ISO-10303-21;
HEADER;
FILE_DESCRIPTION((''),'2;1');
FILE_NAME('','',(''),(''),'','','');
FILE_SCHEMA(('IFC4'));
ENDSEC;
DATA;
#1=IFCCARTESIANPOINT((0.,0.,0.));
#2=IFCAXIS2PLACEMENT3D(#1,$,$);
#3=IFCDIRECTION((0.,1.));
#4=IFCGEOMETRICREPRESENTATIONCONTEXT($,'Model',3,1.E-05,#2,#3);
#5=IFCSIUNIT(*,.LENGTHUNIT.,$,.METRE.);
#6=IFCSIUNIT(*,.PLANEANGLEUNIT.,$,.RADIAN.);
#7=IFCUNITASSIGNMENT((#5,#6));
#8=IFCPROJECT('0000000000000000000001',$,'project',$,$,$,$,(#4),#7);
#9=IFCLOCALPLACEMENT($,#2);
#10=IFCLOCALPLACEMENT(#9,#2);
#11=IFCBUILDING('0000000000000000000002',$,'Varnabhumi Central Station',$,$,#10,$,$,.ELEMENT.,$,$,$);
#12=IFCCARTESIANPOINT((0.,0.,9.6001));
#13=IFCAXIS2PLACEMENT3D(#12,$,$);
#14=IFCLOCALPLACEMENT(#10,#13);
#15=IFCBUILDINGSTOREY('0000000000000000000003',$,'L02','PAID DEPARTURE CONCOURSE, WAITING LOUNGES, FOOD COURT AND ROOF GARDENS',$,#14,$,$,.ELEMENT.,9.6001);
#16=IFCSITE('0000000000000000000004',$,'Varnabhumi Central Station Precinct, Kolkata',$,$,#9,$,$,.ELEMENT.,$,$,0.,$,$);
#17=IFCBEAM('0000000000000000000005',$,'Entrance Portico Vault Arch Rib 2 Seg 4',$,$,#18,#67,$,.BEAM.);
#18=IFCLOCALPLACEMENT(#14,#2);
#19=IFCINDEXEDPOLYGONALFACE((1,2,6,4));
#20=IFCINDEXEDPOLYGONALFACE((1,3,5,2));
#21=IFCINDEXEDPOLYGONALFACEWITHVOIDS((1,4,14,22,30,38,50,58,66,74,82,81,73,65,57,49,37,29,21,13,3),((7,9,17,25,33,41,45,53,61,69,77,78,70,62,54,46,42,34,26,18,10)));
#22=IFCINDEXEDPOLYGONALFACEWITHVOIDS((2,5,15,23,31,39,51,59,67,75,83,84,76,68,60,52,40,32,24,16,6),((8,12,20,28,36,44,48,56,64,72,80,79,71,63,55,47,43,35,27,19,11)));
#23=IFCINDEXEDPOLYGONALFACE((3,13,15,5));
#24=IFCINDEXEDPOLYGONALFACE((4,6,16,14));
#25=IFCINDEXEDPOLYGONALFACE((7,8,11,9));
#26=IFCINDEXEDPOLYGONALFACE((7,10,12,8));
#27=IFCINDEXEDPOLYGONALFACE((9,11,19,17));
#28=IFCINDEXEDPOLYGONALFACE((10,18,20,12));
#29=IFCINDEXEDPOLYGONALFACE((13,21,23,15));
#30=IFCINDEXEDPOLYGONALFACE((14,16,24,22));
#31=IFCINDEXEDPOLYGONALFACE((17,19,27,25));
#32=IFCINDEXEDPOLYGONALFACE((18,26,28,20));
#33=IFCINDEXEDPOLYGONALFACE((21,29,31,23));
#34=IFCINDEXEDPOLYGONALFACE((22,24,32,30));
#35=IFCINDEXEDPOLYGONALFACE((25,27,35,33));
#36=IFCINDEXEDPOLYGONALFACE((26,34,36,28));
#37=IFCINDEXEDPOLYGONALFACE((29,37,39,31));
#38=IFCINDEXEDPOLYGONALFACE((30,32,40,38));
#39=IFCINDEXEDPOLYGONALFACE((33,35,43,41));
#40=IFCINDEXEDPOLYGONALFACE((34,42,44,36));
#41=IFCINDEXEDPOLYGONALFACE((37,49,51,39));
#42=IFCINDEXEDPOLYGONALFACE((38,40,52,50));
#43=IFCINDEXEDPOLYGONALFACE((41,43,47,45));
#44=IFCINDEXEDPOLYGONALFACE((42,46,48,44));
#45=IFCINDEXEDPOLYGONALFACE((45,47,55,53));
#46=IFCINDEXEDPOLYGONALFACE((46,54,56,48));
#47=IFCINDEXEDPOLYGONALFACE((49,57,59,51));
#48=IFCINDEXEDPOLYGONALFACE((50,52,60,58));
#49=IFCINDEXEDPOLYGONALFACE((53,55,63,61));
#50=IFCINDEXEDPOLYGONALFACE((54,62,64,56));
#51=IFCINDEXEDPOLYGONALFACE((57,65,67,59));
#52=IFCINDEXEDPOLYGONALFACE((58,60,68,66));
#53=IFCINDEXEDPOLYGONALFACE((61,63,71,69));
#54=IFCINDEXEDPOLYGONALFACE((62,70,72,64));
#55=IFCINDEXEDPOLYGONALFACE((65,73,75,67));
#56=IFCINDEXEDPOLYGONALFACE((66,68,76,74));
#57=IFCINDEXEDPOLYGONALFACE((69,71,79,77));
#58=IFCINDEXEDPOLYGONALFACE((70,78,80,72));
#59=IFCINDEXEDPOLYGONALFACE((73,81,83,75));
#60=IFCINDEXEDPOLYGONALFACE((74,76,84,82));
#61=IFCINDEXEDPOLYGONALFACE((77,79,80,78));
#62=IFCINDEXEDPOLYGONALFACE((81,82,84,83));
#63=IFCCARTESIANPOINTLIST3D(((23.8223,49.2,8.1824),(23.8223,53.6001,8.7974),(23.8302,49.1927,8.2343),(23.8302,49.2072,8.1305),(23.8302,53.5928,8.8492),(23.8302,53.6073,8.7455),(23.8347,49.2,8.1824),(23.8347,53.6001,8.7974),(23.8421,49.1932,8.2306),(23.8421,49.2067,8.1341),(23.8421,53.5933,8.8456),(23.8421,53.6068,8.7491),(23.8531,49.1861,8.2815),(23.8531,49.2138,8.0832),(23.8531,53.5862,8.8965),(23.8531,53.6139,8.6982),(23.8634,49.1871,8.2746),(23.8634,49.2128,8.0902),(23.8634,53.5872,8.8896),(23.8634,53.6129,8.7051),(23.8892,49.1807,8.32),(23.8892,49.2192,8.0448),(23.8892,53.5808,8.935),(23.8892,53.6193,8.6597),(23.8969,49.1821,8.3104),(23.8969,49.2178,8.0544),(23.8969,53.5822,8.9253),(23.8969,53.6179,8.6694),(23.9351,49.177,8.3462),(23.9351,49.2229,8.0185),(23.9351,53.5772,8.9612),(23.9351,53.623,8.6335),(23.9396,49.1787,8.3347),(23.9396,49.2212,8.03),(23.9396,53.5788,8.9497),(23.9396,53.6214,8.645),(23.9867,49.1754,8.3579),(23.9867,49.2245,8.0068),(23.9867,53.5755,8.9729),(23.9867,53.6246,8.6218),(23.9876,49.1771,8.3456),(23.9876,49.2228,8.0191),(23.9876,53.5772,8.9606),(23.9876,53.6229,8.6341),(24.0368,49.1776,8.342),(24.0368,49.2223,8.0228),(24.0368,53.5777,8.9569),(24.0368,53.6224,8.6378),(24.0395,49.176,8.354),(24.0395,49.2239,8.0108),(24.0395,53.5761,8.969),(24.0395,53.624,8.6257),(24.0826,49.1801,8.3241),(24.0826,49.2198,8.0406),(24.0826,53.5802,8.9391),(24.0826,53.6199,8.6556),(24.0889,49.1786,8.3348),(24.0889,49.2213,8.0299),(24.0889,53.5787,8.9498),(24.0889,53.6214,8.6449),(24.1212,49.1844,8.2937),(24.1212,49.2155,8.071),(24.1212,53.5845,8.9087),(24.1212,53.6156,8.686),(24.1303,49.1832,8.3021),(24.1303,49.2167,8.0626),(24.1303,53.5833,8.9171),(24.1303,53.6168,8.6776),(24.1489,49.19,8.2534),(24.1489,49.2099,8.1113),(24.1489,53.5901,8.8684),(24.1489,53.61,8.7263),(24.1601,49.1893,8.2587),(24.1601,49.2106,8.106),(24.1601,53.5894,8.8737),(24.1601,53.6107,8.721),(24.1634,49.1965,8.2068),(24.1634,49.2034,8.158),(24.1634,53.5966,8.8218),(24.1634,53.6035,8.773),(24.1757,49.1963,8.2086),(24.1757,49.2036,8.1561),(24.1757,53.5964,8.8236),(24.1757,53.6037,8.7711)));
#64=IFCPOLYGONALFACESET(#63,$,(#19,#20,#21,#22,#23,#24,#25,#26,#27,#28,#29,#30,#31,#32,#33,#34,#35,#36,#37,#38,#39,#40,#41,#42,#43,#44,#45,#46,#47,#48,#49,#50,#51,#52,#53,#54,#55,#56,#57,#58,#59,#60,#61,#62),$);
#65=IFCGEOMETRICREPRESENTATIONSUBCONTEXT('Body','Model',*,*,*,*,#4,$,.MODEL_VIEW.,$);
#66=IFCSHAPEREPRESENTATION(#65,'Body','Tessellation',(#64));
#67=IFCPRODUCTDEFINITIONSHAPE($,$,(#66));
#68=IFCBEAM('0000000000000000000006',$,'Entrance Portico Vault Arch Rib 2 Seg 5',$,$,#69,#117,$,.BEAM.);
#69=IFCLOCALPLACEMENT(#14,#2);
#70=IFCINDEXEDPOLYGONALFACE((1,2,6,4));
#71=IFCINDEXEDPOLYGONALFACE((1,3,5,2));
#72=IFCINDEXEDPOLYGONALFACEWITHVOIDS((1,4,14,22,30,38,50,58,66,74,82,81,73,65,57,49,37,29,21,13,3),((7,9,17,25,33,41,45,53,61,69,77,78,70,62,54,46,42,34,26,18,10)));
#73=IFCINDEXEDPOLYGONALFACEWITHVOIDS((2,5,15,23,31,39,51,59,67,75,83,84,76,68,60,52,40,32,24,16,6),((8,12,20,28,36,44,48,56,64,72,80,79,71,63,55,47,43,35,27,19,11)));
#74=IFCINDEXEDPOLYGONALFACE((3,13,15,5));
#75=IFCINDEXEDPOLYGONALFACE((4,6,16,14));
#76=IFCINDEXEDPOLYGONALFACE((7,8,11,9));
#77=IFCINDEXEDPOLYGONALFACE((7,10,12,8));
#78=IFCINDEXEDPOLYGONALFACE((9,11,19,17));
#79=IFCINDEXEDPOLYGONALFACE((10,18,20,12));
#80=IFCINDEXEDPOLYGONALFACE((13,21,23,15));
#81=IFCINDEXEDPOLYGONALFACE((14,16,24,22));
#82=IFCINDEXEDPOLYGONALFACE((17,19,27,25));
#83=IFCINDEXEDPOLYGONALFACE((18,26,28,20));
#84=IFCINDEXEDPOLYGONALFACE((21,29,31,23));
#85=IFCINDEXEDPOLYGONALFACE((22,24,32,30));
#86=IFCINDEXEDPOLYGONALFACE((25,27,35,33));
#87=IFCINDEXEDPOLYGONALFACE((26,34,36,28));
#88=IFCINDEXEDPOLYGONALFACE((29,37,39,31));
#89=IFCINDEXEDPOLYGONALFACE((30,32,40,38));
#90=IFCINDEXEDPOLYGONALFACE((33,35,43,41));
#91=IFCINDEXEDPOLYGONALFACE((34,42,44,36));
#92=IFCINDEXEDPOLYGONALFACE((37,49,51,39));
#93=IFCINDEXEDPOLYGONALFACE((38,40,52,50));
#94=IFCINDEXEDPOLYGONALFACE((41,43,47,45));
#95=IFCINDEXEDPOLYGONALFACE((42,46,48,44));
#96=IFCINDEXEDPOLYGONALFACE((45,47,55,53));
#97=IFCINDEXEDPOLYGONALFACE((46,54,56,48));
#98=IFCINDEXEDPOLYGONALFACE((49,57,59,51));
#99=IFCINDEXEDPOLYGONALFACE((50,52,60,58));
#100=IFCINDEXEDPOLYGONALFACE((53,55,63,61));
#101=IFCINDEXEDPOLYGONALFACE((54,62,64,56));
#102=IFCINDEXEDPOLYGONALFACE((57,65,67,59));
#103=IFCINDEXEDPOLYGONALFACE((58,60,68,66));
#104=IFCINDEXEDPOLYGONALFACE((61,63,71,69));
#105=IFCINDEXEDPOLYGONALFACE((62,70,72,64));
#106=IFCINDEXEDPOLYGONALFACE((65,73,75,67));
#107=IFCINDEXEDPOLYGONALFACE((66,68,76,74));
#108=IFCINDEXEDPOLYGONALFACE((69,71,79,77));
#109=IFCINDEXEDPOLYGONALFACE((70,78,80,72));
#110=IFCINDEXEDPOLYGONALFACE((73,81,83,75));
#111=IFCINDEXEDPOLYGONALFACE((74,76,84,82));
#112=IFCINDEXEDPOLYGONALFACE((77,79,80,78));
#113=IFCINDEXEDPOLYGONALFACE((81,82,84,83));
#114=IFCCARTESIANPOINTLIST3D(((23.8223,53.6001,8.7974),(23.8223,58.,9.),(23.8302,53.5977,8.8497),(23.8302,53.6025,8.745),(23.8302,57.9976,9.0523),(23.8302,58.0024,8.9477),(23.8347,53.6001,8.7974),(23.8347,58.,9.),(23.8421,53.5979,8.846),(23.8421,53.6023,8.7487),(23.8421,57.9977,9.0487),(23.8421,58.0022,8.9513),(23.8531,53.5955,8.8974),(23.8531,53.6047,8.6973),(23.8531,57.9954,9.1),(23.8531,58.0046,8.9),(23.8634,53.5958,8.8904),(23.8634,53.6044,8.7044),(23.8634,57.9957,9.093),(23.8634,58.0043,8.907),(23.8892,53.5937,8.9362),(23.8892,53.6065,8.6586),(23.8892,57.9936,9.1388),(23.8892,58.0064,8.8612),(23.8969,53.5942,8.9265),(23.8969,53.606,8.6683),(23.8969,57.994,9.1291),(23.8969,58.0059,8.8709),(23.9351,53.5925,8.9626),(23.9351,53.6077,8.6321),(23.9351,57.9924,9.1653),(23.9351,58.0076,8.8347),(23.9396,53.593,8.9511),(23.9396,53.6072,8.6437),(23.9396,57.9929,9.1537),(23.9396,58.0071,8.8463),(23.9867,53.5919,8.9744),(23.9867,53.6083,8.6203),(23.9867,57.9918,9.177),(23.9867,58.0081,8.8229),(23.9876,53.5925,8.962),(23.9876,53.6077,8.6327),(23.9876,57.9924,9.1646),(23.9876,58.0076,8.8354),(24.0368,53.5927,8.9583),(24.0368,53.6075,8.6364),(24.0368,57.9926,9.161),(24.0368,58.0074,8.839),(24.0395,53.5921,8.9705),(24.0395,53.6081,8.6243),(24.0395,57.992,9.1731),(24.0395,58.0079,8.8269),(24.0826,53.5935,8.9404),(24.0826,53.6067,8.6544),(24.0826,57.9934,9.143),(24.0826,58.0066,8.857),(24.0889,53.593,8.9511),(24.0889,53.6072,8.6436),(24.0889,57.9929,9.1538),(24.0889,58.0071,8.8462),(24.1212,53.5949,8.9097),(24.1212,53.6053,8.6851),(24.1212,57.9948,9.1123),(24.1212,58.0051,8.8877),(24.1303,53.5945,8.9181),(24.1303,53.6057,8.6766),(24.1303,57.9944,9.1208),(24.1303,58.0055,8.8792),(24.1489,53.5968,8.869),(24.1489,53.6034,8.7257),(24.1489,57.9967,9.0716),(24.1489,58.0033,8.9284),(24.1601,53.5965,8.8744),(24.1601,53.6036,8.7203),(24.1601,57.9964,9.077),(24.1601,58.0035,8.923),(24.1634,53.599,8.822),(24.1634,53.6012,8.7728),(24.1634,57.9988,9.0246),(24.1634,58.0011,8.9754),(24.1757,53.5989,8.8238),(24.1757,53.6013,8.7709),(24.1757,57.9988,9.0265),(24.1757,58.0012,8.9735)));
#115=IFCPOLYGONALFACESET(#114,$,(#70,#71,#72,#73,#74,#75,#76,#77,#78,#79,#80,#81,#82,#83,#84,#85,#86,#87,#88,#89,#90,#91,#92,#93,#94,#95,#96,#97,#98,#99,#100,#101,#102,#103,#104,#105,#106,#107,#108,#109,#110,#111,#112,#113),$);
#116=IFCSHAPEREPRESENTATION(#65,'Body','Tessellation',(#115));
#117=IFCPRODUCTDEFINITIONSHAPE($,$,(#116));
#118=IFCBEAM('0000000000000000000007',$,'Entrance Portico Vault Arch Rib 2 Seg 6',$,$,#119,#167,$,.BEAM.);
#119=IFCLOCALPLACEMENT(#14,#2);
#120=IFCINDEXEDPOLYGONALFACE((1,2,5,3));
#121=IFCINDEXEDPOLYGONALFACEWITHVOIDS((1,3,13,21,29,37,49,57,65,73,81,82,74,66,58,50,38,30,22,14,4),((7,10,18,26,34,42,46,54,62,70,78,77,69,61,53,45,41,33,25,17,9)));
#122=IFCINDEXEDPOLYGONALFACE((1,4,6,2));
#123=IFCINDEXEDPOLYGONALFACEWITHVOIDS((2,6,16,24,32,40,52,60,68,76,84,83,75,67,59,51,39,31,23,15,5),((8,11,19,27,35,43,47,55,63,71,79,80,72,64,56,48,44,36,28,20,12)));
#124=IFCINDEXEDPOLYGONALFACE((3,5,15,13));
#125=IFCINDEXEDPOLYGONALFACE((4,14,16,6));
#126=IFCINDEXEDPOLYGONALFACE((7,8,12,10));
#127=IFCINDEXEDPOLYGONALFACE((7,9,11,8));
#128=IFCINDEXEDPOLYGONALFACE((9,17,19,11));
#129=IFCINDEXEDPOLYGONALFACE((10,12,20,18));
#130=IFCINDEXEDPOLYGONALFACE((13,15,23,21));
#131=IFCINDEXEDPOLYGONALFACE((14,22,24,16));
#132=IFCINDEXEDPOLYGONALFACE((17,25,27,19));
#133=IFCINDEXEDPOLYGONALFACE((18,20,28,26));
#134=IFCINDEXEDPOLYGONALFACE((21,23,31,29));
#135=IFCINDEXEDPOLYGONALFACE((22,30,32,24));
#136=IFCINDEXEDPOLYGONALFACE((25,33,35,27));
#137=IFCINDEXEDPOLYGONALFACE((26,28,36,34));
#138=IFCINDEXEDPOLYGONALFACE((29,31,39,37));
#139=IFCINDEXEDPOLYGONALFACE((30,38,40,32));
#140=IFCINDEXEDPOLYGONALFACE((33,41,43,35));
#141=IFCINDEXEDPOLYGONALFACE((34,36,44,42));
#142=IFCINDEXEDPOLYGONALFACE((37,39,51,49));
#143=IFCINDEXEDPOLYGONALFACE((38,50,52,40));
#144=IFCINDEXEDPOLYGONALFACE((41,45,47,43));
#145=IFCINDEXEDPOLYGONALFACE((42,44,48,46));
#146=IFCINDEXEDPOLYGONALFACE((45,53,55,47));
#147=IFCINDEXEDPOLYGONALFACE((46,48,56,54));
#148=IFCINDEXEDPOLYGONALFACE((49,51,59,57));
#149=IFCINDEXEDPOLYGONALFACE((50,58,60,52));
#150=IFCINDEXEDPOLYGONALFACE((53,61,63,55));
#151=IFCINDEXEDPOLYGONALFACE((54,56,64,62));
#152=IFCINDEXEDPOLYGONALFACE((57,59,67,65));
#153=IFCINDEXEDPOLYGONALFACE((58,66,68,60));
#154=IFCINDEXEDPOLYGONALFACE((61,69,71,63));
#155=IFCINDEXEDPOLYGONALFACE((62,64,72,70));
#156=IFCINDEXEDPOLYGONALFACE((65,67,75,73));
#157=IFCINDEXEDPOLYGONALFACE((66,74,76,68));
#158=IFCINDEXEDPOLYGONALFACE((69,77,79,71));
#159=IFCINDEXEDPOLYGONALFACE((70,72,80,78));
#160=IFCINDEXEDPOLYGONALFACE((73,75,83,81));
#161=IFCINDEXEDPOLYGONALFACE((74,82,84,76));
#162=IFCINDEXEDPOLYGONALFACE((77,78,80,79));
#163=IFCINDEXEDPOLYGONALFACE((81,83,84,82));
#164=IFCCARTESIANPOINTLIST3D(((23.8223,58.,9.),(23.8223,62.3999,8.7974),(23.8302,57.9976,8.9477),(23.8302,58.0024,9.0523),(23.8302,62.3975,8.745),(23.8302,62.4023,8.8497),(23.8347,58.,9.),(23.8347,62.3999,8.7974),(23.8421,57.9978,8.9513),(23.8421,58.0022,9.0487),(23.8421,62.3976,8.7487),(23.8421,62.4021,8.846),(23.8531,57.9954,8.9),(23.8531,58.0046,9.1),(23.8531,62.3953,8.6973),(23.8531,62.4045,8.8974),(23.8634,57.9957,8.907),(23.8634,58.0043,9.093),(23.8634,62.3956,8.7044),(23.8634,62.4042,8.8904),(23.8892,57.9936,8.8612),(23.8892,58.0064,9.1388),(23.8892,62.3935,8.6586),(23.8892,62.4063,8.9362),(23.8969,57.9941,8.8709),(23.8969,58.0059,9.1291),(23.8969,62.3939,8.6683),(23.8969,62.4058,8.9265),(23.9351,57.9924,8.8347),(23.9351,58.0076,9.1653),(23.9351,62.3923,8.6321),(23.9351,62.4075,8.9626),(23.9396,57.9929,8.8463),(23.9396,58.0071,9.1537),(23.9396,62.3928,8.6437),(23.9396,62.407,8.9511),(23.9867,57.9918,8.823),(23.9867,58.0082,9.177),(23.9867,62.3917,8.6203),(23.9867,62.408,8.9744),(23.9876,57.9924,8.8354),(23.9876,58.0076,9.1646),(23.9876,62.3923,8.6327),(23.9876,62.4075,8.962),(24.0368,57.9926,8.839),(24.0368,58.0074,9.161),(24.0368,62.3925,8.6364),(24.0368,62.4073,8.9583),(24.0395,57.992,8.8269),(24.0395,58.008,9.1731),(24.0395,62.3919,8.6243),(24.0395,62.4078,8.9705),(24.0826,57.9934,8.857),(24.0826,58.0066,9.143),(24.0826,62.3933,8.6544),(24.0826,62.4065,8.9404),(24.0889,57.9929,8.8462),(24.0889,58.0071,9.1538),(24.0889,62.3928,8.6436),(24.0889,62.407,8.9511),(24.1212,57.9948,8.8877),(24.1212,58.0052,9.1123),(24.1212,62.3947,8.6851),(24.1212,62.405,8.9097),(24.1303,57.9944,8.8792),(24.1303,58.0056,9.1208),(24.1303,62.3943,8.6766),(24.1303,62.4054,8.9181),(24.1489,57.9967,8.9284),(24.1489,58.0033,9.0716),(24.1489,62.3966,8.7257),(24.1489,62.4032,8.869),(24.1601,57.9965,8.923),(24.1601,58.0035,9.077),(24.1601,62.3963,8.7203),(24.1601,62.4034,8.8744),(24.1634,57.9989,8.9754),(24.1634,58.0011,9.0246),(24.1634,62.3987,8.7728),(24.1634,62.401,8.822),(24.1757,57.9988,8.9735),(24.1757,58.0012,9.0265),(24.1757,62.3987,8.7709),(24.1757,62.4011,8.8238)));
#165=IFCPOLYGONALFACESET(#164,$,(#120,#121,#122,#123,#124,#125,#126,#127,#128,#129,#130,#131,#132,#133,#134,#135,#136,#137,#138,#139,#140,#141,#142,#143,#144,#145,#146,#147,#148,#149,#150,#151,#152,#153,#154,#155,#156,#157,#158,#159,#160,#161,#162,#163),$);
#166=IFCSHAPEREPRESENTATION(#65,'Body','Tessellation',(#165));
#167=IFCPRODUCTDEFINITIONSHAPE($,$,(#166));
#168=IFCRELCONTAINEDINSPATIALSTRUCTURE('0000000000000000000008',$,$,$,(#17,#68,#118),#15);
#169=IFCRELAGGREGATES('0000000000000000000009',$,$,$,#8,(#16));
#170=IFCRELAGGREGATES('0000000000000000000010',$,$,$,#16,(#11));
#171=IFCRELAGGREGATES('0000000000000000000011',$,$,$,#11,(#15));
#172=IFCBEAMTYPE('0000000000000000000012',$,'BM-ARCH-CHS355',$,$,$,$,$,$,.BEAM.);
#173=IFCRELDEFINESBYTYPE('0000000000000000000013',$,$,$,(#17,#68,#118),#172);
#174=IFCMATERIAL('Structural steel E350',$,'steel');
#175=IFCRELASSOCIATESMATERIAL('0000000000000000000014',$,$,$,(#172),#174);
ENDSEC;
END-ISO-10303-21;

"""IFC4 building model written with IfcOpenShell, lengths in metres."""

from ifc_helpers import new_model, si_unit, direction, frame, origin, origin_2d, place, context, subcontext, project, spatial, hollow_circle, extrude, material, material_profile, profile_set, type_object, element, save


model = new_model("IFC4")

# Units and contexts
model_context = context("Model", 3, precision=1e-05, world=origin(), true_north=direction((0.0, 1.0)))
body_context = subcontext(model_context, "Body", "Model", "MODEL_VIEW")
ifc_project = project(units=[si_unit("LENGTHUNIT", "METRE"), si_unit("PLANEANGLEUNIT", "RADIAN")], contexts=[model_context])

# Site, building, storey
site_placement = place(None, origin())
site = spatial("IfcSite", under=ifc_project, at=site_placement, Name="Varnabhumi Central Station Precinct, Kolkata", CompositionType="ELEMENT", RefElevation=0.0)
building_placement = place(site_placement, origin())
building = spatial("IfcBuilding", under=site, at=building_placement, Name="Varnabhumi Central Station", CompositionType="ELEMENT")
storey_placement = place(building_placement, frame((0.0, 0.0, 9.6001)))
storey = spatial("IfcBuildingStorey", under=building, at=storey_placement, Name="L02", Description="PAID DEPARTURE CONCOURSE, WAITING LOUNGES, FOOD COURT AND ROOF GARDENS", CompositionType="ELEMENT", Elevation=9.6001)

# Beams
ifc_material_1 = material(Name="Structural steel E350", Category="steel")
ifc_material_profile_1 = material_profile(ifc_material_1, hollow_circle(Radius=0.1777, WallThickness=0.0125, at=origin_2d()), Name="Structural steel E350", Category="steel")
ifc_profile_set_1 = profile_set([ifc_material_profile_1], Name="Structural steel E350")
beam_type_1 = type_object("IfcBeamType", Name="BM-ARCH-CHS355", PredefinedType="BEAM", material=ifc_profile_set_1)
beam_1_placement = place(storey_placement, frame((24.0, 49.2, 8.1824), z_axis=(0.0, 0.990374, 0.13842), x_axis=(-1.0, 0.0, 0.0)))
element("IfcBeam", 1, at=beam_1_placement, inside=storey, type_object=beam_type_1, Name="Entrance Portico Vault Arch Rib 2 Seg 4", PredefinedType="BEAM", context=body_context, shape_type="SweptSolid", body=[
    extrude(hollow_circle(Radius=0.1777, WallThickness=0.0125, at=origin_2d()), origin(), (0.0, 0.0, 1.0), 4.4429),
])
for number, where, z_axis, x_axis, name in (
    (2, (24.0, 53.6001, 8.7974), (0.0, 0.998941, 0.046006), (-1.0, 0.0, 0.0), "Entrance Portico Vault Arch Rib 2 Seg 5"),
    (3, (24.0, 58.0, 9.0), (0.0, 0.998941, -0.046006), (-1.0, 0.0, 0.0), "Entrance Portico Vault Arch Rib 2 Seg 6"),
):
    element("IfcBeam", number, at=place(storey_placement, frame(where, z_axis=z_axis, x_axis=x_axis)), inside=storey, type_object=beam_type_1, Name=name, PredefinedType="BEAM", context=body_context, shape_type="SweptSolid", body=[
        extrude(hollow_circle(Radius=0.1777, WallThickness=0.0125, at=origin_2d()), origin(), (0.0, 0.0, 1.0), 4.4045),
    ])

save(model, "model.ifc")
